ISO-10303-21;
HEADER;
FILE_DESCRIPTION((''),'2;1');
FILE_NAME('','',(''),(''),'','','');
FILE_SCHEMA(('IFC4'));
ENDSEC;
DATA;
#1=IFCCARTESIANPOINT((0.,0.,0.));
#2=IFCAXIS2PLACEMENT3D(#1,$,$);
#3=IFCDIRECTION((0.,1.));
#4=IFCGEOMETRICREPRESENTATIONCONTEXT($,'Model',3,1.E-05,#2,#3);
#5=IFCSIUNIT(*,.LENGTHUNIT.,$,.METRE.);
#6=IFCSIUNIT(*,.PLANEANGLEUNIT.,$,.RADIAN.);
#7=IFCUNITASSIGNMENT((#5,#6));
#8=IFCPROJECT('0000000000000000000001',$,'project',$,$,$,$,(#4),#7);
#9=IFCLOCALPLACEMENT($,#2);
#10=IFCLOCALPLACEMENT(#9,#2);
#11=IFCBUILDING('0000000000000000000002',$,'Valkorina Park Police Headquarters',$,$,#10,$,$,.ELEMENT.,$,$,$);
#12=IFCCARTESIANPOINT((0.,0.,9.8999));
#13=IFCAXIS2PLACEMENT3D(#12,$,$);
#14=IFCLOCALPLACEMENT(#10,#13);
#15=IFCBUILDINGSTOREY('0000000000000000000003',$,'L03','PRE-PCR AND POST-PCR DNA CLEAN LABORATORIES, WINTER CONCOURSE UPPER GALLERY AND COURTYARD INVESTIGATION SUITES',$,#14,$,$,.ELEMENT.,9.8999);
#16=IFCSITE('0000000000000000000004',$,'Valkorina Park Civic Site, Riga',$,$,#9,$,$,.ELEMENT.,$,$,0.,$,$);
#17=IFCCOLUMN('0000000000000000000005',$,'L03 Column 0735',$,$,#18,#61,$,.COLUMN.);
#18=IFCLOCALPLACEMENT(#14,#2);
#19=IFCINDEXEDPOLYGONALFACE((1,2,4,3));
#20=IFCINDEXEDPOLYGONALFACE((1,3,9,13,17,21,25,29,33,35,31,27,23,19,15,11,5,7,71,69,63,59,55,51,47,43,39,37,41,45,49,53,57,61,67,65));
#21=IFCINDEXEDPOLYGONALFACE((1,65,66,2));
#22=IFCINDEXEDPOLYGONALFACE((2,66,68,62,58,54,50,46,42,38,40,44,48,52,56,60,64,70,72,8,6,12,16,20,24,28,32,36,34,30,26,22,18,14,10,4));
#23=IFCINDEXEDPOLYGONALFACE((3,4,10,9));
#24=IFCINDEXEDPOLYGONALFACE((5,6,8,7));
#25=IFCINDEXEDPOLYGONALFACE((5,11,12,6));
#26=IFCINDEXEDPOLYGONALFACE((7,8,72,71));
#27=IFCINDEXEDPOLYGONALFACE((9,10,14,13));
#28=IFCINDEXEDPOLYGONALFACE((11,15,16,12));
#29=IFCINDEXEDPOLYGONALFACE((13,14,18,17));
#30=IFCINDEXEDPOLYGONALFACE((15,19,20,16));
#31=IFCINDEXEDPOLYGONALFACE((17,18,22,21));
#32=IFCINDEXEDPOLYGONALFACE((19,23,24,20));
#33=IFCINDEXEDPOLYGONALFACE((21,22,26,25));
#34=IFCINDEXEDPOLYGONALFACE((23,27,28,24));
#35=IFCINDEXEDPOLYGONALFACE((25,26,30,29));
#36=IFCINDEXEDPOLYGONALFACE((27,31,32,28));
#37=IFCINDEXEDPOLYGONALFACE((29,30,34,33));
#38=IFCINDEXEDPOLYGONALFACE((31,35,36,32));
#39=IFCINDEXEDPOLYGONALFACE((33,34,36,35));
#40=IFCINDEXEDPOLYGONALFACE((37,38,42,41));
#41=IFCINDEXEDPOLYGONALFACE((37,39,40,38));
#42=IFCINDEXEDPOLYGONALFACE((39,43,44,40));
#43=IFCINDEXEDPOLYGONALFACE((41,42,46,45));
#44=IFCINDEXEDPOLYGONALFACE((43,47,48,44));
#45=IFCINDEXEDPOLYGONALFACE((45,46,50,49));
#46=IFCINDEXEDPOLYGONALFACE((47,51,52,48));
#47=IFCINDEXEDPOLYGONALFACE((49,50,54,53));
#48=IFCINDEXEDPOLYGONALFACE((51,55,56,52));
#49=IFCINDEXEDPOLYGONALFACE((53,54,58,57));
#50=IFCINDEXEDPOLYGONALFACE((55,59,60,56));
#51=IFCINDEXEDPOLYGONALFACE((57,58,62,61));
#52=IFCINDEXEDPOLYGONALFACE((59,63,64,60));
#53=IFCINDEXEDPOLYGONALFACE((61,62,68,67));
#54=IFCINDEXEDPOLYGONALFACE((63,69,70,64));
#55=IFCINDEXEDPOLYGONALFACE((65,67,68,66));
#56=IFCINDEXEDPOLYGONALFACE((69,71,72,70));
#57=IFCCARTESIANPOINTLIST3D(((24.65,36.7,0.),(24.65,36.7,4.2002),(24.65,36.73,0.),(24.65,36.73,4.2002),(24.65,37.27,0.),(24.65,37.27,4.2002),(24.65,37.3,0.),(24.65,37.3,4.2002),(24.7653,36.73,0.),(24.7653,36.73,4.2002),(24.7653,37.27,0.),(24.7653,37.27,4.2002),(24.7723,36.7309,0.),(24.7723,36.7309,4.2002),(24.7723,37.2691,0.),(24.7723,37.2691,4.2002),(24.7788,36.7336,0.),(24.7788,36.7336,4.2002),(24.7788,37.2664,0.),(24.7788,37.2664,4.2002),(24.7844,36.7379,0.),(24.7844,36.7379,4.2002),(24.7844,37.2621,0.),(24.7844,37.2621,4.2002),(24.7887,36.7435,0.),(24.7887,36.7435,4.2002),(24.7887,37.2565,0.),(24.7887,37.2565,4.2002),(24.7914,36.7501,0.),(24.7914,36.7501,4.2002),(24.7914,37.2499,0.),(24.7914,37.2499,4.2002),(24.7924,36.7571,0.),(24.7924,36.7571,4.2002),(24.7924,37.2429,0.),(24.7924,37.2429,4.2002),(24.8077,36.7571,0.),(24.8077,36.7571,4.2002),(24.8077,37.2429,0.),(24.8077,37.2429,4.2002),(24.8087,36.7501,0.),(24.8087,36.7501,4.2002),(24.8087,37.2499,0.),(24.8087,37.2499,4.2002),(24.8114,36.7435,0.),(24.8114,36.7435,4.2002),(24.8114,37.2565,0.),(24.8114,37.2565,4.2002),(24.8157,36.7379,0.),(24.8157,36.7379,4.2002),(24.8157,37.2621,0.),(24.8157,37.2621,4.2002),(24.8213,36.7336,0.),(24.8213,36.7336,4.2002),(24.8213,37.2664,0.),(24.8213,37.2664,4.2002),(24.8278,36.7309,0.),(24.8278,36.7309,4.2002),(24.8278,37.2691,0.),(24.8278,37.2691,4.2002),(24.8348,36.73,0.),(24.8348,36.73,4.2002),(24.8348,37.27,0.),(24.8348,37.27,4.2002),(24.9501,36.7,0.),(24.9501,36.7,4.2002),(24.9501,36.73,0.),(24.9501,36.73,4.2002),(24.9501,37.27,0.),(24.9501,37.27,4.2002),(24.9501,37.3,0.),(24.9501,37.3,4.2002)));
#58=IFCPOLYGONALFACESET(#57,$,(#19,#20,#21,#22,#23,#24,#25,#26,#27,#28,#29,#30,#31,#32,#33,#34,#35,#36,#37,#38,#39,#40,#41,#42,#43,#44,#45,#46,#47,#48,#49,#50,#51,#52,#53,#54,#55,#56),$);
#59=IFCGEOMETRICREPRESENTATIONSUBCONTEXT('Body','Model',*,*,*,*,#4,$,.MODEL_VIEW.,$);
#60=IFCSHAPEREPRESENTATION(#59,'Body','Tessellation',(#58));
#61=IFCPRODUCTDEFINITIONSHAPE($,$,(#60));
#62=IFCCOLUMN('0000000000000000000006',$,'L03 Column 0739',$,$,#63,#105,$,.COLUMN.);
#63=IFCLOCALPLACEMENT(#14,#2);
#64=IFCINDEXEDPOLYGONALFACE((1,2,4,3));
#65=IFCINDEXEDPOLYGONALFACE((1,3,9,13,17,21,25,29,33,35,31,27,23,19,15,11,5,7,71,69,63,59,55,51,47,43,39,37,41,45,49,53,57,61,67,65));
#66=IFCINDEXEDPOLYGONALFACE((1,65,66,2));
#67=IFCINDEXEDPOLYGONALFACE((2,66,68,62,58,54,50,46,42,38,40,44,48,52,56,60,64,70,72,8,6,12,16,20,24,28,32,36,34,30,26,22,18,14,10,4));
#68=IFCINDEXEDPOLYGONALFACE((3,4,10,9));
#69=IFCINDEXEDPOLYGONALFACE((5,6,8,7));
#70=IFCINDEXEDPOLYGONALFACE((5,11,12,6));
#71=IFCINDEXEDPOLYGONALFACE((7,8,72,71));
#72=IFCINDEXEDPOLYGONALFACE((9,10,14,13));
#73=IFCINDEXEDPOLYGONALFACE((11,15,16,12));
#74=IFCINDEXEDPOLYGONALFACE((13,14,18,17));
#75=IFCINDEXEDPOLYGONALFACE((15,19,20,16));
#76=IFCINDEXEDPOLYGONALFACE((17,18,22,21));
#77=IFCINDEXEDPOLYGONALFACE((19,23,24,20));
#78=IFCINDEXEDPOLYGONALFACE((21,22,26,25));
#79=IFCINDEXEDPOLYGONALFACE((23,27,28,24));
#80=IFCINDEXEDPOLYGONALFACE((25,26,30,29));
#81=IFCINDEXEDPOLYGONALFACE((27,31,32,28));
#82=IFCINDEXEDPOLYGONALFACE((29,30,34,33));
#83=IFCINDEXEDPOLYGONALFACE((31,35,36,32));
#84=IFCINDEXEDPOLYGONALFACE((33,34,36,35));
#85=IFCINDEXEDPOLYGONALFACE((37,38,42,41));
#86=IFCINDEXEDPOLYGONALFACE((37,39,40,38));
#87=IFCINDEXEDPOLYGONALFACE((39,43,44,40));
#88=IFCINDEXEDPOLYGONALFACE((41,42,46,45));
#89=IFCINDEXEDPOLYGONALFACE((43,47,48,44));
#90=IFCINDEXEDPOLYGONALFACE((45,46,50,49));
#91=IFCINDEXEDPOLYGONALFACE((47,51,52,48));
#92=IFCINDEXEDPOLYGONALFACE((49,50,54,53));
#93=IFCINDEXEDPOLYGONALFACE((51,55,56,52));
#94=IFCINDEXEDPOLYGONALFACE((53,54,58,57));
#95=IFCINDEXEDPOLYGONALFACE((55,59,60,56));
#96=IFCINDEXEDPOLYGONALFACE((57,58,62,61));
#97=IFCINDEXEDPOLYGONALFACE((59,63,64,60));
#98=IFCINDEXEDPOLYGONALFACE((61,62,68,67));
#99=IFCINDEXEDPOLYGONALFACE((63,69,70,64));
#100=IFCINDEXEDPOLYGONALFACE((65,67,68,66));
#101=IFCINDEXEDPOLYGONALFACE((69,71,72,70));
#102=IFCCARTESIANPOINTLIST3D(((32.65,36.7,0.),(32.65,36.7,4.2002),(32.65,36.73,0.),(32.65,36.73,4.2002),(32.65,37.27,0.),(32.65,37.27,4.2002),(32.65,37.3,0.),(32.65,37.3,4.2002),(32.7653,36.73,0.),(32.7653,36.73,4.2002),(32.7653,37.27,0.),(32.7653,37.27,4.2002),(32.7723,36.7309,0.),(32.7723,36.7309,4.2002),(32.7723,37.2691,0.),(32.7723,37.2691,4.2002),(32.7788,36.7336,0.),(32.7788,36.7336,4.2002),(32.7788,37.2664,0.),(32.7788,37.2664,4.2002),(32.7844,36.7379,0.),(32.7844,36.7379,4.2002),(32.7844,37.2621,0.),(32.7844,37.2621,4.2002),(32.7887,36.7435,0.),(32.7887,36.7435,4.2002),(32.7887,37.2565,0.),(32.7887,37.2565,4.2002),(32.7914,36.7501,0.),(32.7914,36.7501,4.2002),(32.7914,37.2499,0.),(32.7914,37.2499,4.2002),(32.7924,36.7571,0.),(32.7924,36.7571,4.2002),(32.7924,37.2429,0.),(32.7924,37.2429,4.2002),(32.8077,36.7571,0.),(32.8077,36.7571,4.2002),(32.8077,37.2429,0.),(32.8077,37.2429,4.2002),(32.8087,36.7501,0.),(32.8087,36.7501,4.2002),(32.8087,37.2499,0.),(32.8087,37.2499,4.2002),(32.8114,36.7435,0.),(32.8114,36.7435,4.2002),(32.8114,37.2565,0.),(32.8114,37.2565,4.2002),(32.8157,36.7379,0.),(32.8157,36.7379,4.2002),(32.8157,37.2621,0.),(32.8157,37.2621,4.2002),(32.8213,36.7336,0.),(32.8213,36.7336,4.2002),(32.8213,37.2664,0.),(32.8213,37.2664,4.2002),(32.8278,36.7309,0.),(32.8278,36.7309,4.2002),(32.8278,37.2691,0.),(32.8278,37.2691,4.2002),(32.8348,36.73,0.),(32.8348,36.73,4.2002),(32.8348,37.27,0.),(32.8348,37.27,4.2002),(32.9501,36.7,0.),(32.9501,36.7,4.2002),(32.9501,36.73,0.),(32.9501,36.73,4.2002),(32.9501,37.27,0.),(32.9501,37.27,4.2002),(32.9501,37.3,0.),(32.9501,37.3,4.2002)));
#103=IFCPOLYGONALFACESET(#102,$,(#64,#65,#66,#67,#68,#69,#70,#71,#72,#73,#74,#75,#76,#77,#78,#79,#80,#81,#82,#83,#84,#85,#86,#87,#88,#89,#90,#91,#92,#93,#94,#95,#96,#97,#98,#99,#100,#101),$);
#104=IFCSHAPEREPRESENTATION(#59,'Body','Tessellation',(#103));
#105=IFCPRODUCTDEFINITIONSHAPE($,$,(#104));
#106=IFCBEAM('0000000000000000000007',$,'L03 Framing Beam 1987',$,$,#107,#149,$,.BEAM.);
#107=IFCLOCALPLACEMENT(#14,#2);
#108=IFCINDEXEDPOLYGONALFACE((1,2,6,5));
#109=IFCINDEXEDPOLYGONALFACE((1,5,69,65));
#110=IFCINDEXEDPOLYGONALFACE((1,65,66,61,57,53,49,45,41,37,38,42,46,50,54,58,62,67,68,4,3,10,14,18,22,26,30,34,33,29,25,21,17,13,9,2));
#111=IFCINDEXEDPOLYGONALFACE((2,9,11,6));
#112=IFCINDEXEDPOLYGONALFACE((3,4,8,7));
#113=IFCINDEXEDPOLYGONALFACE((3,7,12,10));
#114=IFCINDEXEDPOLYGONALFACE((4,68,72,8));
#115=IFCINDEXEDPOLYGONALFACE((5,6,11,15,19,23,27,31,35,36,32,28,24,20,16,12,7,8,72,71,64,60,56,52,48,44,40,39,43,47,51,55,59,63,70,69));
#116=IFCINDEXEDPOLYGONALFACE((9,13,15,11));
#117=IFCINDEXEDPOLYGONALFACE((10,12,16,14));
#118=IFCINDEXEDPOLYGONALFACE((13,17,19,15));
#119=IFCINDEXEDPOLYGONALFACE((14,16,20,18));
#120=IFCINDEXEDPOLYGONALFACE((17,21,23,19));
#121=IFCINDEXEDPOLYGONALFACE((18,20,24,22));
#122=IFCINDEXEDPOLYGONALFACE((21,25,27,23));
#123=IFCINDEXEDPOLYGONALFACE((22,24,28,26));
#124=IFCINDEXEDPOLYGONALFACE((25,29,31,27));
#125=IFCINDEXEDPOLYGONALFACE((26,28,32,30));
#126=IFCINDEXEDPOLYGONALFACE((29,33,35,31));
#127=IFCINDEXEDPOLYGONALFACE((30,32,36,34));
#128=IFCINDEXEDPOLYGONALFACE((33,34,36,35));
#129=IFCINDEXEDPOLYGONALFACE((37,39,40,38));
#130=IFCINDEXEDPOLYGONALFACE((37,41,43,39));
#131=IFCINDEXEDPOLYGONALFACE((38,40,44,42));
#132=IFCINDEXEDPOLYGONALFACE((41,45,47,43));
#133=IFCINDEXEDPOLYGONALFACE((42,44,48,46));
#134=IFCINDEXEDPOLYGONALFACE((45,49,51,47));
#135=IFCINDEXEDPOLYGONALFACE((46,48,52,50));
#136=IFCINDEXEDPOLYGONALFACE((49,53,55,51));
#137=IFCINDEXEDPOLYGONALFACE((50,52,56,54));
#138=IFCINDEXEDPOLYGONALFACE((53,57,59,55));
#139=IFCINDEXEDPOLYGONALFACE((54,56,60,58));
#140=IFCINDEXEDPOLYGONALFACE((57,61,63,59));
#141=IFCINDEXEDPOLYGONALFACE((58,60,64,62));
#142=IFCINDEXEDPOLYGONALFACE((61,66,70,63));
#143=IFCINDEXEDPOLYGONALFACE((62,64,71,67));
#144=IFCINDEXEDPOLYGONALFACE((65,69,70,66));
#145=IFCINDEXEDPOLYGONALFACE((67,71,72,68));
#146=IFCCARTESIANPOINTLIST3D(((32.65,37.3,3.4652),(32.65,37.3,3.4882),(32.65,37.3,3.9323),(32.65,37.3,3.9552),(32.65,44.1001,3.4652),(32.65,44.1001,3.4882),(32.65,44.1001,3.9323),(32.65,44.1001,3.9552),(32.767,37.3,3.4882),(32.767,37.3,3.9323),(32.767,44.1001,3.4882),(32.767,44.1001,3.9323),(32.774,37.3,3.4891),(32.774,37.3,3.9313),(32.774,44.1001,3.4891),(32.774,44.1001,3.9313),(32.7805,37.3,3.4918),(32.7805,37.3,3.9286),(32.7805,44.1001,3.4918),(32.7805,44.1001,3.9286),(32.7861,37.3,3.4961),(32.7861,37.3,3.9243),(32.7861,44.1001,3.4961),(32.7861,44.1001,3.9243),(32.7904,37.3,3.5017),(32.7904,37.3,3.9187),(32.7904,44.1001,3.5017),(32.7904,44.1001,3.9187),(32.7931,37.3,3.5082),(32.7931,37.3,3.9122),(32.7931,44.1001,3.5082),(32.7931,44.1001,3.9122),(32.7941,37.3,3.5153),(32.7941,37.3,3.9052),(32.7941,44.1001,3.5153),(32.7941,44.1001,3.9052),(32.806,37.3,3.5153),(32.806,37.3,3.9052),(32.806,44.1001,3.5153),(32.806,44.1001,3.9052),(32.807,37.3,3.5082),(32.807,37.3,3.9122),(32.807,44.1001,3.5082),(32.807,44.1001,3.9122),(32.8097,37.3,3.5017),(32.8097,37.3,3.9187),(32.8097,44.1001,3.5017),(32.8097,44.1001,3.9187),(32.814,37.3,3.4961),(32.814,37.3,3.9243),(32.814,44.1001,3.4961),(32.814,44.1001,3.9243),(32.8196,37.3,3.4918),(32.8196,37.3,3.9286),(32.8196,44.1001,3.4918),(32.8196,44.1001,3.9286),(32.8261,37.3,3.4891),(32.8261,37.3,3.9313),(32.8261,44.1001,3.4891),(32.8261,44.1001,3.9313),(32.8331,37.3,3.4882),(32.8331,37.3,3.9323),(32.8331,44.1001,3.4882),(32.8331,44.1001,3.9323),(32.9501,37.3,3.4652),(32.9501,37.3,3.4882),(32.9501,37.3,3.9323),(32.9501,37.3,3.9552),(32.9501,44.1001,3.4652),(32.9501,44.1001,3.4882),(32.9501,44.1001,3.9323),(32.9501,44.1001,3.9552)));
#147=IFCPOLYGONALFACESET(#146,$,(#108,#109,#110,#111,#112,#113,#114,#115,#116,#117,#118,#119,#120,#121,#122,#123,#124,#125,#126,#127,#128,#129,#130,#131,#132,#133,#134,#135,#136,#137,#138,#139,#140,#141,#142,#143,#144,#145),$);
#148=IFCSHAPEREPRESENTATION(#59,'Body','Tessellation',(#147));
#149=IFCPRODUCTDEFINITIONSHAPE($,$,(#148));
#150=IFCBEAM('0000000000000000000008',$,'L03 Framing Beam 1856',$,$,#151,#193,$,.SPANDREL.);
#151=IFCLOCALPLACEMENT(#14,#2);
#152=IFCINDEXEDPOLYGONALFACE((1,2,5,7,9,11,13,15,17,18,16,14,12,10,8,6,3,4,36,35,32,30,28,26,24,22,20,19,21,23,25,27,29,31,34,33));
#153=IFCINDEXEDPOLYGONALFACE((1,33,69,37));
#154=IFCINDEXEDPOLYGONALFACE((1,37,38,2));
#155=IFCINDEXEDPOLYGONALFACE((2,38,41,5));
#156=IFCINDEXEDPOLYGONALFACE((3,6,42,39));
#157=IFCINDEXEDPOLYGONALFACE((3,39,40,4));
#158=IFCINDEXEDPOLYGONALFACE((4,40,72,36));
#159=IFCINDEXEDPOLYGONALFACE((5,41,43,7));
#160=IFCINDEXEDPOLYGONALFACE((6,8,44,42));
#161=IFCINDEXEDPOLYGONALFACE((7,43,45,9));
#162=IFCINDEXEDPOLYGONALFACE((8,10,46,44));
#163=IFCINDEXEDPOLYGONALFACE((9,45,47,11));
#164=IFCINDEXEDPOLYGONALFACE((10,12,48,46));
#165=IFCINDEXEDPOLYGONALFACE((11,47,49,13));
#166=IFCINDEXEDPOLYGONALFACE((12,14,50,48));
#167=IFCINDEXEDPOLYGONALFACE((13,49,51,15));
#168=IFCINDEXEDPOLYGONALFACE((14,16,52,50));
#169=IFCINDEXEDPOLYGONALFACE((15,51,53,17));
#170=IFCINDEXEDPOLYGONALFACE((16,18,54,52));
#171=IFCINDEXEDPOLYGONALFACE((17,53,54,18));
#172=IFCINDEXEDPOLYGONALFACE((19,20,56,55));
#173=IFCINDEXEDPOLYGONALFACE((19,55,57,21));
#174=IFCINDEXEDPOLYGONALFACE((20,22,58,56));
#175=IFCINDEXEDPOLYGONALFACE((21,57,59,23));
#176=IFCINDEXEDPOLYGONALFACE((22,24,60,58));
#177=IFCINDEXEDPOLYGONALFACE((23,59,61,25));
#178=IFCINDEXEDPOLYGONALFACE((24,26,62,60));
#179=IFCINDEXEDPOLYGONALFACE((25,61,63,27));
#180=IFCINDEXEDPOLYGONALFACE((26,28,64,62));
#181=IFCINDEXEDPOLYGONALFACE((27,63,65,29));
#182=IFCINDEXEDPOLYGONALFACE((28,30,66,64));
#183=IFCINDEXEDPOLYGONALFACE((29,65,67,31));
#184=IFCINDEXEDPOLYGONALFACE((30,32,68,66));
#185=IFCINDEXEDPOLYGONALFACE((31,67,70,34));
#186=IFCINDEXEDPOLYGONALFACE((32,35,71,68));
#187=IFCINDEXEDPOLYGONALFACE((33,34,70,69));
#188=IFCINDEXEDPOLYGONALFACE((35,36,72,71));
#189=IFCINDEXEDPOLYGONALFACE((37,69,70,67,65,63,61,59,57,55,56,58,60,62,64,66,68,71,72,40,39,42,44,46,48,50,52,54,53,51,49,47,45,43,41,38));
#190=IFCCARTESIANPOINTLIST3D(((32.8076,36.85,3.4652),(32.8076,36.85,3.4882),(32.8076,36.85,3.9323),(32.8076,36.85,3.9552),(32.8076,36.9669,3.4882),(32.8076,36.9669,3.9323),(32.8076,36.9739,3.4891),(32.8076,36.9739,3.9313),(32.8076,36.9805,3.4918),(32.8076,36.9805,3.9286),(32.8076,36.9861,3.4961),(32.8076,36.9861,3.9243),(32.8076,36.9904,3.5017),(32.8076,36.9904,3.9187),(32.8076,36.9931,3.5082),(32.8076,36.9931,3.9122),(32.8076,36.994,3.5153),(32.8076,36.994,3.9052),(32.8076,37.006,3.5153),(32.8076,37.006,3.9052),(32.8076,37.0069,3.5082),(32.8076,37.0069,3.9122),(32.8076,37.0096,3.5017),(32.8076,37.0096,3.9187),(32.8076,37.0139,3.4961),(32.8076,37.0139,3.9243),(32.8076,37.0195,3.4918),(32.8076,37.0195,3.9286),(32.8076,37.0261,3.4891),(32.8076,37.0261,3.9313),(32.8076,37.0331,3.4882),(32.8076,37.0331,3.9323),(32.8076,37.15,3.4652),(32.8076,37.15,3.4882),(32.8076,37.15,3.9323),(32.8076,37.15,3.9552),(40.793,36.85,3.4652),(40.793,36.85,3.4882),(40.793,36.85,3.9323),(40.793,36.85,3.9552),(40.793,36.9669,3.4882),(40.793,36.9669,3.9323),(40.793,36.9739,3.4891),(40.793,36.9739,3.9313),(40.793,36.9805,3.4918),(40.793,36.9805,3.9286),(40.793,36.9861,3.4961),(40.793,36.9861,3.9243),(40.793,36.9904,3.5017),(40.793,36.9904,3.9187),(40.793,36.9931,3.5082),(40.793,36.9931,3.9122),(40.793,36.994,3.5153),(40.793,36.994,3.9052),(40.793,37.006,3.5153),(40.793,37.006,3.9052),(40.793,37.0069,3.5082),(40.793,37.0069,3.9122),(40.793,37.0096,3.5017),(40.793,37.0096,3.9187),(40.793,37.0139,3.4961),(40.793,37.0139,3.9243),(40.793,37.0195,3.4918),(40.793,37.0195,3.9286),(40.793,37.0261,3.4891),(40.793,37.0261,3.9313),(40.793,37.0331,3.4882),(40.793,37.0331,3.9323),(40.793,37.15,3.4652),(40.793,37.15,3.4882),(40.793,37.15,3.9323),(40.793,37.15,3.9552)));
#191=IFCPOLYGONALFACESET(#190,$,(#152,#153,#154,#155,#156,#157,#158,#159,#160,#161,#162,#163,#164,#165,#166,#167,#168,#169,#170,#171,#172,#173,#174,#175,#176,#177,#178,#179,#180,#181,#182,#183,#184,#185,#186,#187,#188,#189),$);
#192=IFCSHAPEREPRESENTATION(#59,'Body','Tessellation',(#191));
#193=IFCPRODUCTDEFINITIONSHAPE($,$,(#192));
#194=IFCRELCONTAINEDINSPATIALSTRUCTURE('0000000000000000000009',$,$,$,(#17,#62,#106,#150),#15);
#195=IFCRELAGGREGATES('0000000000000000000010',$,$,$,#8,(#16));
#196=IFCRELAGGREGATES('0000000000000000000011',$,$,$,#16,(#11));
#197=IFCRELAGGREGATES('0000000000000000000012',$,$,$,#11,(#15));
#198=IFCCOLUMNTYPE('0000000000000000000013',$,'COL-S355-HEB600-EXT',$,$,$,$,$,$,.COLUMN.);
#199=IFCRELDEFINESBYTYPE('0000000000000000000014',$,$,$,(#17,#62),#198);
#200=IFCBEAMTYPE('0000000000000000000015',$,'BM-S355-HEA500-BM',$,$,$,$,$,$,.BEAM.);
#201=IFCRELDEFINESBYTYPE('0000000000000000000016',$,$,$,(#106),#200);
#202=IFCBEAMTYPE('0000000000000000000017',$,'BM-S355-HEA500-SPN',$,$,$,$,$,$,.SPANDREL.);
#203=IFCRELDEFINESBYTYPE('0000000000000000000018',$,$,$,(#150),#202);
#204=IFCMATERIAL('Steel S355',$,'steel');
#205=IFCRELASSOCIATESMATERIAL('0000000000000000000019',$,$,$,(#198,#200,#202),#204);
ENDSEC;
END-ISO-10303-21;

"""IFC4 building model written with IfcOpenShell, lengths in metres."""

from ifc_helpers import new_model, si_unit, direction, frame, origin, origin_2d, place, context, subcontext, project, spatial, i_section, extrude, material, material_profile, profile_set, type_object, element, save


model = new_model("IFC4")

# Units and contexts
model_context = context("Model", 3, precision=1e-05, world=origin(), true_north=direction((0.0, 1.0)))
body_context = subcontext(model_context, "Body", "Model", "MODEL_VIEW")
ifc_project = project(units=[si_unit("LENGTHUNIT", "METRE"), si_unit("PLANEANGLEUNIT", "RADIAN")], contexts=[model_context])

# Site, building, storey
site_placement = place(None, origin())
site = spatial("IfcSite", under=ifc_project, at=site_placement, Name="Valkorina Park Civic Site, Riga", CompositionType="ELEMENT", RefElevation=0.0)
building_placement = place(site_placement, origin())
building = spatial("IfcBuilding", under=site, at=building_placement, Name="Valkorina Park Police Headquarters", CompositionType="ELEMENT")
storey_placement = place(building_placement, frame((0.0, 0.0, 9.8999)))
storey = spatial("IfcBuildingStorey", under=building, at=storey_placement, Name="L03", Description="PRE-PCR AND POST-PCR DNA CLEAN LABORATORIES, WINTER CONCOURSE UPPER GALLERY AND COURTYARD INVESTIGATION SUITES", CompositionType="ELEMENT", Elevation=9.8999)

# Columns
ifc_material_1 = material(Name="Steel S355", Category="steel")
ifc_material_profile_1 = material_profile(ifc_material_1, i_section(OverallWidth=0.3, OverallDepth=0.6001, WebThickness=0.0154, FlangeThickness=0.03, FilletRadius=0.0271, at=origin_2d()), Name="HEB 600")
ifc_profile_set_1 = profile_set([ifc_material_profile_1], Name="Steel S355")
column_type = type_object("IfcColumnType", Name="COL-S355-HEB600-EXT", PredefinedType="COLUMN", material=ifc_profile_set_1)
for number, where, z_axis, x_axis, name in (
    (1, (24.8, 37.0, 0.0), (0.0, 0.0, 1.0), (1.0, 0.0, 0.0), "L03 Column 0735"),
    (2, (32.8, 37.0, 0.0), (0.0, 0.0, 1.0), (1.0, 0.0, 0.0), "L03 Column 0739"),
):
    element("IfcColumn", number, at=place(storey_placement, frame(where, z_axis=z_axis, x_axis=x_axis)), inside=storey, type_object=column_type, Name=name, PredefinedType="COLUMN", context=body_context, shape_type="SweptSolid", body=[
        extrude(i_section(OverallWidth=0.3, OverallDepth=0.6001, WebThickness=0.0154, FlangeThickness=0.03, FilletRadius=0.0271, at=origin_2d()), origin(), (0.0, 0.0, 1.0), 4.2002),
    ])

# Beams
ifc_material_profile_2 = material_profile(ifc_material_1, i_section(OverallWidth=0.3, OverallDepth=0.49, WebThickness=0.012, FlangeThickness=0.0229, FilletRadius=0.0271, at=origin_2d()), Name="HEA 500")
ifc_profile_set_2 = profile_set([ifc_material_profile_2], Name="Steel S355")
beam_type_1 = type_object("IfcBeamType", Name="BM-S355-HEA500-BM", PredefinedType="BEAM", material=ifc_profile_set_2)
beam_1_placement = place(storey_placement, frame((32.8, 37.3, 3.7102), z_axis=(0.0, 1.0, 0.0), x_axis=(-1.0, 0.0, 0.0)))
element("IfcBeam", 3, at=beam_1_placement, inside=storey, type_object=beam_type_1, Name="L03 Framing Beam 1987", PredefinedType="BEAM", context=body_context, shape_type="SweptSolid", body=[
    extrude(i_section(OverallWidth=0.3, OverallDepth=0.49, WebThickness=0.012, FlangeThickness=0.0229, FilletRadius=0.0271, at=origin_2d()), origin(), (0.0, 0.0, 1.0), 6.8),
])
ifc_material_profile_3 = material_profile(ifc_material_1, i_section(OverallWidth=0.3, OverallDepth=0.49, WebThickness=0.012, FlangeThickness=0.0229, FilletRadius=0.0271, at=origin_2d()), Name="HEA 500")
ifc_profile_set_3 = profile_set([ifc_material_profile_3], Name="Steel S355")
beam_type_2 = type_object("IfcBeamType", Name="BM-S355-HEA500-SPN", PredefinedType="SPANDREL", material=ifc_profile_set_3)
beam_2_placement = place(storey_placement, frame((32.8076, 37.0, 3.7102), z_axis=(1.0, 0.0, 0.0), x_axis=(0.0, 1.0, 0.0)))
element("IfcBeam", 4, at=beam_2_placement, inside=storey, type_object=beam_type_2, Name="L03 Framing Beam 1856", PredefinedType="SPANDREL", context=body_context, shape_type="SweptSolid", body=[
    extrude(i_section(OverallWidth=0.3, OverallDepth=0.49, WebThickness=0.012, FlangeThickness=0.0229, FilletRadius=0.0271, at=origin_2d()), origin(), (0.0, 0.0, 1.0), 7.9854),
])

save(model, "model.ifc")
